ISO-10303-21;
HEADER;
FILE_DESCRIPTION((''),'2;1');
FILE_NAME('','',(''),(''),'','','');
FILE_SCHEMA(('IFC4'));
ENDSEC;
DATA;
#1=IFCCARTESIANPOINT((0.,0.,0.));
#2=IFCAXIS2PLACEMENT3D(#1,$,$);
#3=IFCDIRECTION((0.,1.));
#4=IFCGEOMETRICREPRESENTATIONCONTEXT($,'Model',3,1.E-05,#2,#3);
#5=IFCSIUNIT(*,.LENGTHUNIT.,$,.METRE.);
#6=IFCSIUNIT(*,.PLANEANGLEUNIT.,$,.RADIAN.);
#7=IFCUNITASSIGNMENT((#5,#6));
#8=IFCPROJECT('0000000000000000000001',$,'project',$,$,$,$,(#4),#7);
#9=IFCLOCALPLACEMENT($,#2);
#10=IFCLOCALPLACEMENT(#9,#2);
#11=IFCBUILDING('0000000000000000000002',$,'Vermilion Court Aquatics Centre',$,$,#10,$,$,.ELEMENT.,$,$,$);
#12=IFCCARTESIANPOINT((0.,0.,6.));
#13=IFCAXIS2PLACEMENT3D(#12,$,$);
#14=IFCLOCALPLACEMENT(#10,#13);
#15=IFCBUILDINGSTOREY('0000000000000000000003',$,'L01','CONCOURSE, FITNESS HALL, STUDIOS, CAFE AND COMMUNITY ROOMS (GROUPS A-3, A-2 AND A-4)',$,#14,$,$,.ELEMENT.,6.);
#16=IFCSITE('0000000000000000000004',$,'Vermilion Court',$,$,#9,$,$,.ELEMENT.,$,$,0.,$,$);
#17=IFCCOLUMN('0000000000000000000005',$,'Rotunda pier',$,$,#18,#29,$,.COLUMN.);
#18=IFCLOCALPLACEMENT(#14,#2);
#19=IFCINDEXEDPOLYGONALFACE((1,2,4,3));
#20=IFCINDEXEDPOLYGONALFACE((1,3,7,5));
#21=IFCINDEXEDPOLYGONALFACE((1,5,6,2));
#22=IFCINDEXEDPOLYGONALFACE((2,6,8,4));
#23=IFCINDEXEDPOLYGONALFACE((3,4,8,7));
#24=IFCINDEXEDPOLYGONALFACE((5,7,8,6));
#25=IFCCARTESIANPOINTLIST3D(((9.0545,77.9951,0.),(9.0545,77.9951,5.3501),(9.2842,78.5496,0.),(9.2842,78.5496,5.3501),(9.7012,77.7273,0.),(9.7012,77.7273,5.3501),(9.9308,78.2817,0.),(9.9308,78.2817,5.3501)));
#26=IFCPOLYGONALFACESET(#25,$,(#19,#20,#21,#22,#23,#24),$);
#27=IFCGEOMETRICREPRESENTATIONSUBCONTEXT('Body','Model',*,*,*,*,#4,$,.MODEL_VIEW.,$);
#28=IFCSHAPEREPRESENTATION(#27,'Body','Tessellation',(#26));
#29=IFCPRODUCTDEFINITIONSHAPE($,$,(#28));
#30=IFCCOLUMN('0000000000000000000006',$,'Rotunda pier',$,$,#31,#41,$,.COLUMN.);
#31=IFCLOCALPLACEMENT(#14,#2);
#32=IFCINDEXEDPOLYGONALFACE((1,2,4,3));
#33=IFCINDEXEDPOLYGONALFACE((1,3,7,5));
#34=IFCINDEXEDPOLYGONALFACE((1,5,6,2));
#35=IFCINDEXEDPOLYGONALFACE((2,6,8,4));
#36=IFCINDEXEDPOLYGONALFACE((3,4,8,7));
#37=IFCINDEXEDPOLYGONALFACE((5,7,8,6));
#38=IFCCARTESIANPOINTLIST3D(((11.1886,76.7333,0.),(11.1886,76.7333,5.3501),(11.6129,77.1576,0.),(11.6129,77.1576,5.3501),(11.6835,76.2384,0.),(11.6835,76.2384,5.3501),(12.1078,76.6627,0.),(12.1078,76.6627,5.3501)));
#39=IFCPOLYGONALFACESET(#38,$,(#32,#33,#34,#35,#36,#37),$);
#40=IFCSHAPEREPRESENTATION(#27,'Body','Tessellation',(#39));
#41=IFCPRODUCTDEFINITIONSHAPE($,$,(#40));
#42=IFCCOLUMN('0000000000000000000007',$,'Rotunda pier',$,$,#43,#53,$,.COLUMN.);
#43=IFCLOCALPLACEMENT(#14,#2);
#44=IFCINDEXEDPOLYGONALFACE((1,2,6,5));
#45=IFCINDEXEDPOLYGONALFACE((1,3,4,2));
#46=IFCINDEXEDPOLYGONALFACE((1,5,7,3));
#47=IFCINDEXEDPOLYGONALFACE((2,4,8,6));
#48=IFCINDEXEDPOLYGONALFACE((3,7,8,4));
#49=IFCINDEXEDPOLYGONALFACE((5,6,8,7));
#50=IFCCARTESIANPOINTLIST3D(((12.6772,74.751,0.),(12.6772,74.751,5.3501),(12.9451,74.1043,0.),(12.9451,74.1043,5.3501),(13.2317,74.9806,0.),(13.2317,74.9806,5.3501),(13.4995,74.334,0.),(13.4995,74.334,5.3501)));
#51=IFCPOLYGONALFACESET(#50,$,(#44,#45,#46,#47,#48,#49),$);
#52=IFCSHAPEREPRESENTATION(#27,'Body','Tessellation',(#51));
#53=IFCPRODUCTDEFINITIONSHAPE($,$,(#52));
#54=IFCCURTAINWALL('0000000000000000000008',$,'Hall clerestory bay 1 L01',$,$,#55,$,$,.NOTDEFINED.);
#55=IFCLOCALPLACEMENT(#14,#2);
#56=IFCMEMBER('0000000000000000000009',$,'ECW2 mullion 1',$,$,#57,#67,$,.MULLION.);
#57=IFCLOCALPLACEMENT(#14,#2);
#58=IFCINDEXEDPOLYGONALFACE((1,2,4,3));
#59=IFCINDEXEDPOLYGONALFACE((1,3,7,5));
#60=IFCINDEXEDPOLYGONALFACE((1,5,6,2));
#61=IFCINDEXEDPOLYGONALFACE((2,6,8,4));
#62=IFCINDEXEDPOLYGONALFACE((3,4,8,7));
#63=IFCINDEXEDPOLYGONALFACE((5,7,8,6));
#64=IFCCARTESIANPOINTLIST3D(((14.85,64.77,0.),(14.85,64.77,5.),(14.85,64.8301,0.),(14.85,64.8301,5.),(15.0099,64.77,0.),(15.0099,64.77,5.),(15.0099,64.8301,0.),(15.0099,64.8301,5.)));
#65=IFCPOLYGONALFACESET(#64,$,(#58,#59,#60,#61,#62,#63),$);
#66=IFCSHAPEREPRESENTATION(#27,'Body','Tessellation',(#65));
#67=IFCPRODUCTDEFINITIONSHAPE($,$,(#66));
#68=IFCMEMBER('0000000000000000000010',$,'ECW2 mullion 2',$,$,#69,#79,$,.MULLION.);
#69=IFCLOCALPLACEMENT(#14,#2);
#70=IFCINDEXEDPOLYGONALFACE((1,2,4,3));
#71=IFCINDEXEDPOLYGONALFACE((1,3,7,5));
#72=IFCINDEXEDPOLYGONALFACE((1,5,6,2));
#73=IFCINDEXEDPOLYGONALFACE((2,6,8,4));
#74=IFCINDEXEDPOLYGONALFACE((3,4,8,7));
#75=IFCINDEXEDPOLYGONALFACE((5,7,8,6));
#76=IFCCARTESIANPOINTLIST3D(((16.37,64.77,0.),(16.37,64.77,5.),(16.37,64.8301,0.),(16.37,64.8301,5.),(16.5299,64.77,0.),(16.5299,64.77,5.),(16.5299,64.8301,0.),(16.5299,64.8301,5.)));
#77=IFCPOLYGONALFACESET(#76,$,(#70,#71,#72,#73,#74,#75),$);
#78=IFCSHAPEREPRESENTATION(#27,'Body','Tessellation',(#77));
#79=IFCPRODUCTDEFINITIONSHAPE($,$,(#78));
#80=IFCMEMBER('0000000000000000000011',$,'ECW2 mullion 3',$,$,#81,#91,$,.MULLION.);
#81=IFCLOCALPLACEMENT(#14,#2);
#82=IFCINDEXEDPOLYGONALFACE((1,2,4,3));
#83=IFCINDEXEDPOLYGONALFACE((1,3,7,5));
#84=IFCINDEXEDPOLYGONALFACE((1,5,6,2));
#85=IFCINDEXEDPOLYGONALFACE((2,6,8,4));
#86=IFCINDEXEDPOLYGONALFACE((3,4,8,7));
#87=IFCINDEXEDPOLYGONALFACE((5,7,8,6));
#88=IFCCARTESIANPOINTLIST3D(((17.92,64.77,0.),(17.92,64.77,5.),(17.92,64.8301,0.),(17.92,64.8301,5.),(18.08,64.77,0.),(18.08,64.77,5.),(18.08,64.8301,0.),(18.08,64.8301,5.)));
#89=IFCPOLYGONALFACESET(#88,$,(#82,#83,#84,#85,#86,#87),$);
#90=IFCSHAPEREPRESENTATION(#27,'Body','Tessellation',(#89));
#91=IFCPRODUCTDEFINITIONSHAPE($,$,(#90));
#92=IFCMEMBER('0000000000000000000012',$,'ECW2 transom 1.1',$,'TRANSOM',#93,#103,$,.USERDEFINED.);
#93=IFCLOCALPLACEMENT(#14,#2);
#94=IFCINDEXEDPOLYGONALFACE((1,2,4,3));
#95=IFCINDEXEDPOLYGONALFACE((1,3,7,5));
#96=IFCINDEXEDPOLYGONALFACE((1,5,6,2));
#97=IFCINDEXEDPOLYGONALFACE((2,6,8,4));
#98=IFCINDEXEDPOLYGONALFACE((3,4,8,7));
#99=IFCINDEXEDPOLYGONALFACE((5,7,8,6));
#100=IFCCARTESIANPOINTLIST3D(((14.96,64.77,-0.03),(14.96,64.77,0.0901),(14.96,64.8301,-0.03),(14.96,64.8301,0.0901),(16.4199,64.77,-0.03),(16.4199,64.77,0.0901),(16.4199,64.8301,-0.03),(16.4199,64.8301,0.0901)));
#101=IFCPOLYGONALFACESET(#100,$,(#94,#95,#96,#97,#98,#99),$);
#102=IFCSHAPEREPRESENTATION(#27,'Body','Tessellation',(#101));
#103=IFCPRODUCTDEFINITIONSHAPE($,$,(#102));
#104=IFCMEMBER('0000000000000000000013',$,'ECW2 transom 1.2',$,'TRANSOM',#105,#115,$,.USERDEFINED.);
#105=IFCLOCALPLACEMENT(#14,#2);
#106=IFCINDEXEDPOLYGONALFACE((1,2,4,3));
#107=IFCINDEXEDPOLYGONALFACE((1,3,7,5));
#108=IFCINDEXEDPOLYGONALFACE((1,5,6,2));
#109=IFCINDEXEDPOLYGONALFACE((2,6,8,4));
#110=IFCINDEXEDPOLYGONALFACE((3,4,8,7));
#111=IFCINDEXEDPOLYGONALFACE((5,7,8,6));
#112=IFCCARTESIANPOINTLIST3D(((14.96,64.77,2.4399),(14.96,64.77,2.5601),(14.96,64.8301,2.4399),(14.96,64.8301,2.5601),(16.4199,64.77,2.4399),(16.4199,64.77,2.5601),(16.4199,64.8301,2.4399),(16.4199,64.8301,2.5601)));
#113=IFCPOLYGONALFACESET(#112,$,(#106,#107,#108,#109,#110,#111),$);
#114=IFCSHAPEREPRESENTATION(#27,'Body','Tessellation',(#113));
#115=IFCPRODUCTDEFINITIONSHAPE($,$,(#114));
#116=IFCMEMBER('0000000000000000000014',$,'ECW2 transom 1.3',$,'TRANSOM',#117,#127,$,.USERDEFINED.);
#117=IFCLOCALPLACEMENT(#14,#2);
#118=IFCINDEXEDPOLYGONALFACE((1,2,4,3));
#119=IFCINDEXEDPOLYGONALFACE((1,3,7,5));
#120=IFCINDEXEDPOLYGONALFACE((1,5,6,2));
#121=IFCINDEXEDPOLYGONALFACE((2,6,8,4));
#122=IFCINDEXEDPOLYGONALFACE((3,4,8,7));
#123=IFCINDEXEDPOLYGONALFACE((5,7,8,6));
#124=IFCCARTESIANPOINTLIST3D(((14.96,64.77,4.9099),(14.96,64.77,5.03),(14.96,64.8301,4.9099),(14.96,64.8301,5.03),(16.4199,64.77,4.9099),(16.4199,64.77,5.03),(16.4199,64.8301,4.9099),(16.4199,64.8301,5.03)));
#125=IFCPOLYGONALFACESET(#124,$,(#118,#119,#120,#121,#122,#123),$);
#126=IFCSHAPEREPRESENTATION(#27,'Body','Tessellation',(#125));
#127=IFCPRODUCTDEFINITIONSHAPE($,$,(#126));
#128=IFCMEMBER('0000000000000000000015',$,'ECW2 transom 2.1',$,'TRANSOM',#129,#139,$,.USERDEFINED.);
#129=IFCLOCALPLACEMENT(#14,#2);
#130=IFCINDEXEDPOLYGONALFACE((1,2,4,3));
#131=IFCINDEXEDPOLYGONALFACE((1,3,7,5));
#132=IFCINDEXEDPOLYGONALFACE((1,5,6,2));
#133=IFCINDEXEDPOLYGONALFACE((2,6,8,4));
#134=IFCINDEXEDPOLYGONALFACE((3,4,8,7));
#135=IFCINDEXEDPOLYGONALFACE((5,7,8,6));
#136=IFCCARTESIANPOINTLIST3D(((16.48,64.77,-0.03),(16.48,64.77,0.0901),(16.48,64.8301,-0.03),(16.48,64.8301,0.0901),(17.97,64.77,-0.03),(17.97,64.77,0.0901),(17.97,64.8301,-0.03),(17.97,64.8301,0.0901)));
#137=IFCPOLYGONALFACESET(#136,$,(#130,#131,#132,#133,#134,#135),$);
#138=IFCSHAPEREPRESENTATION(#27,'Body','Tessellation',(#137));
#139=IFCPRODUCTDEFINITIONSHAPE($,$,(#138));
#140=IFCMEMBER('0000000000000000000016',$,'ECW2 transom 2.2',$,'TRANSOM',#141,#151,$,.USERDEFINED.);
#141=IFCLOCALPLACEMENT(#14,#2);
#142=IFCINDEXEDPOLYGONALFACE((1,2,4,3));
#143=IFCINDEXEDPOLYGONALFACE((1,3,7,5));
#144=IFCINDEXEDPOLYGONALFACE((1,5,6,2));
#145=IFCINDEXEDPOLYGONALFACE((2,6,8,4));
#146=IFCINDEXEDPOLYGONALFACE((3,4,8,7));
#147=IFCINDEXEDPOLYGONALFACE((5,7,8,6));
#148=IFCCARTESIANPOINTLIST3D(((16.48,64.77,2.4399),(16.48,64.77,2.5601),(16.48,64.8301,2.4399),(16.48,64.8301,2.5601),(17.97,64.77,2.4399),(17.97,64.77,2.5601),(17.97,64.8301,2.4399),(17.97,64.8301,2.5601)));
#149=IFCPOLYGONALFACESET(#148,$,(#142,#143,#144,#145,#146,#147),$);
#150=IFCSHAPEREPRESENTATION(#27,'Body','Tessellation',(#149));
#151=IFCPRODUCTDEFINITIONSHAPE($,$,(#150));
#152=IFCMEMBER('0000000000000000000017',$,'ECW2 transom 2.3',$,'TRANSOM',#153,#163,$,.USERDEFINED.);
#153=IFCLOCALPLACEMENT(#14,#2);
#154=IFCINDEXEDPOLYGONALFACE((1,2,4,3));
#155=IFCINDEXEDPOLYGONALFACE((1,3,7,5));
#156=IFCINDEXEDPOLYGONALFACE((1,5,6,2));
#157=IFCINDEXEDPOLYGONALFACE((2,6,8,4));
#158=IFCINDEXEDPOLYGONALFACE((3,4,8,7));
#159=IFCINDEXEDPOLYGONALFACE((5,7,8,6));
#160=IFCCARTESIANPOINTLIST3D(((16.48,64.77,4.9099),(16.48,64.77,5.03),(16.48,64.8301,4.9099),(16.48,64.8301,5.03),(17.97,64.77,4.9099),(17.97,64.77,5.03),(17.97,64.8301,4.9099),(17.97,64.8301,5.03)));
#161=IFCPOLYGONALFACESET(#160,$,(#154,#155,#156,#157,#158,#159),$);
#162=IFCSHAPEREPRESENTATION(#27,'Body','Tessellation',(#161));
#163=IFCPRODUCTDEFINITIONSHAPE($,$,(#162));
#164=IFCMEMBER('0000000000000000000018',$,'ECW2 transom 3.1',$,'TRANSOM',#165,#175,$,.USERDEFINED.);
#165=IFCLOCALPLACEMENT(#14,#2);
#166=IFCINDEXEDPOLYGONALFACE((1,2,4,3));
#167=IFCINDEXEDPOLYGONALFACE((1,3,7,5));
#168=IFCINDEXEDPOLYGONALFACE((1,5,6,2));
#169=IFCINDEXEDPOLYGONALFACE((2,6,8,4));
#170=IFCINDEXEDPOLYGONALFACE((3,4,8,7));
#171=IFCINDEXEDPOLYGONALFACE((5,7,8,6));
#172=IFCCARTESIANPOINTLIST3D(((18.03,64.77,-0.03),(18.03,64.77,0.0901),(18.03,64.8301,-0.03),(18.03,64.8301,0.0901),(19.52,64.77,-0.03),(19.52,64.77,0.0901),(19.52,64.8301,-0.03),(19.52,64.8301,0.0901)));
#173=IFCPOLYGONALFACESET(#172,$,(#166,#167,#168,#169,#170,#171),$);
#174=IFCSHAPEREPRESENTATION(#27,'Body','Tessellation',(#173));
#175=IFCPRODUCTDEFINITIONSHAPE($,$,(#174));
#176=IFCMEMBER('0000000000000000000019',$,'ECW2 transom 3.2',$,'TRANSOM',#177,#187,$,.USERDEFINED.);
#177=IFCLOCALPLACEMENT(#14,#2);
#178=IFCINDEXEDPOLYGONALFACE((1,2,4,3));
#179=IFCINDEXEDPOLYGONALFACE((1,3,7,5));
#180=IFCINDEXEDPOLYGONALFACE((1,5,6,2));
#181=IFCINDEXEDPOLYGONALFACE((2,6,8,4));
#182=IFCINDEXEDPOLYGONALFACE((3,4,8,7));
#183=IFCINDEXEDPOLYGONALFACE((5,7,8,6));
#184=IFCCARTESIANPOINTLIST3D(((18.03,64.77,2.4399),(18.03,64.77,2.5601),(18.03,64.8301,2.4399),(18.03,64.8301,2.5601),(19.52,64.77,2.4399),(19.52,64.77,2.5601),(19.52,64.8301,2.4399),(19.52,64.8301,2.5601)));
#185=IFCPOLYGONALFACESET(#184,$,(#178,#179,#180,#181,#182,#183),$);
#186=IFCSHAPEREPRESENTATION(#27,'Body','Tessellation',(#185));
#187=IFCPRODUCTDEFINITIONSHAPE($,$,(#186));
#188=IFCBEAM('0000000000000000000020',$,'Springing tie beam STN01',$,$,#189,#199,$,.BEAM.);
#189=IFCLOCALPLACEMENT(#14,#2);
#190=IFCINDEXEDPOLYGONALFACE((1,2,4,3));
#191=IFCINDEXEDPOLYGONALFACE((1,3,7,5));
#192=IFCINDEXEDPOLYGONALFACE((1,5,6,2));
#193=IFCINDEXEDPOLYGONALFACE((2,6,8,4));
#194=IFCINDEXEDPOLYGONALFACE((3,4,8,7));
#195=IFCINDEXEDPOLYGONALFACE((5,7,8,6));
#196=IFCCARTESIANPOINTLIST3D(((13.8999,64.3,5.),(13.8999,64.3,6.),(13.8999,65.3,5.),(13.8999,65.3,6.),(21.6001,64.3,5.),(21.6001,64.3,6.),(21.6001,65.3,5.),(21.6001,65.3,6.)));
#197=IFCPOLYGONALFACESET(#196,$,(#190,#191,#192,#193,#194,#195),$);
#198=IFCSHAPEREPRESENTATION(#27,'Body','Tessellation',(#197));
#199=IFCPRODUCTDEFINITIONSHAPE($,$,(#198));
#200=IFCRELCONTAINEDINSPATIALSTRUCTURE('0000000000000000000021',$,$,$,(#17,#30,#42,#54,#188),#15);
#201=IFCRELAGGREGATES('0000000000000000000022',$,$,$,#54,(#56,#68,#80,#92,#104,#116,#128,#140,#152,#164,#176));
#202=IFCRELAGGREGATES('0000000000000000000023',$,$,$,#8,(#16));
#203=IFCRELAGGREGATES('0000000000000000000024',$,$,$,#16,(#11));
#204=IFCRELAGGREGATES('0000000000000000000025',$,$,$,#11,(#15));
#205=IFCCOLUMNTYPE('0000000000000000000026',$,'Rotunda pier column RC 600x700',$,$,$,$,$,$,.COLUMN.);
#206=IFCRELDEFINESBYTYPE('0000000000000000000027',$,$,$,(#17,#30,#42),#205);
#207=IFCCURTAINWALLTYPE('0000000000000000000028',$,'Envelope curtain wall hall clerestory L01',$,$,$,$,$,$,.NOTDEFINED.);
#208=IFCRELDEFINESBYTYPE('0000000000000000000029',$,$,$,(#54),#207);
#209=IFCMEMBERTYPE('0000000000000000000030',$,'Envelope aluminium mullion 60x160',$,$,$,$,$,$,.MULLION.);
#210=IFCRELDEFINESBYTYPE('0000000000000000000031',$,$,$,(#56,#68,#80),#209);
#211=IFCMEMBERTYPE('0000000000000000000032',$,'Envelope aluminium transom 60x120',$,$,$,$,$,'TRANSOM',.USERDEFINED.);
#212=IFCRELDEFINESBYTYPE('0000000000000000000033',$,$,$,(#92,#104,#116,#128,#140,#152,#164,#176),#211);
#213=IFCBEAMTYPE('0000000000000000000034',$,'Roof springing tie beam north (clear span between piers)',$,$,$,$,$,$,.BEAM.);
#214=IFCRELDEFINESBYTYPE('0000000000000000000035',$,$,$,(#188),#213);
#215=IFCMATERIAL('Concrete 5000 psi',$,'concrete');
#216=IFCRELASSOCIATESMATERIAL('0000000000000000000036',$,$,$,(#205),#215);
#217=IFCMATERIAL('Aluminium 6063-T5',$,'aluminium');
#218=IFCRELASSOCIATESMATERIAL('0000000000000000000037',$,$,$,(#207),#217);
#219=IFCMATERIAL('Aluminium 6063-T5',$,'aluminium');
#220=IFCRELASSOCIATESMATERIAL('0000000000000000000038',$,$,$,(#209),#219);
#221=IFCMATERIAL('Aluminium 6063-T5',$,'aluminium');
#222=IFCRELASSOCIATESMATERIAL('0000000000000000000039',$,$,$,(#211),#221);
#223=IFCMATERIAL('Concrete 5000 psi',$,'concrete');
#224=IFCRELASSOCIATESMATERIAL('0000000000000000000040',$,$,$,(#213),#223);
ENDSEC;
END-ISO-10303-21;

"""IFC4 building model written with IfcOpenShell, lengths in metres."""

from ifc_helpers import new_model, si_unit, direction, frame, origin, origin_2d, place, context, subcontext, project, spatial, rectangle, extrude, material, material_profile, profile_set, type_object, element, aggregate, save


model = new_model("IFC4")

# Units and contexts
model_context = context("Model", 3, precision=1e-05, world=origin(), true_north=direction((0.0, 1.0)))
body_context = subcontext(model_context, "Body", "Model", "MODEL_VIEW")
ifc_project = project(units=[si_unit("LENGTHUNIT", "METRE"), si_unit("PLANEANGLEUNIT", "RADIAN")], contexts=[model_context])

# Site, building, storey
site_placement = place(None, origin())
site = spatial("IfcSite", under=ifc_project, at=site_placement, Name="Vermilion Court", CompositionType="ELEMENT", RefElevation=0.0)
building_placement = place(site_placement, origin())
building = spatial("IfcBuilding", under=site, at=building_placement, Name="Vermilion Court Aquatics Centre", CompositionType="ELEMENT")
storey_placement = place(building_placement, frame((0.0, 0.0, 6.0)))
storey = spatial("IfcBuildingStorey", under=building, at=storey_placement, Name="L01", Description="CONCOURSE, FITNESS HALL, STUDIOS, CAFE AND COMMUNITY ROOMS (GROUPS A-3, A-2 AND A-4)", CompositionType="ELEMENT", Elevation=6.0)

# Columns
ifc_material_1 = material(Name="Concrete 5000 psi", Category="concrete")
ifc_material_profile_1 = material_profile(ifc_material_1, rectangle(XDim=0.6001, YDim=0.7, at=origin_2d()), Name="RC 600x700")
ifc_profile_set_1 = profile_set([ifc_material_profile_1], Name="Concrete 5000 psi")
column_type = type_object("IfcColumnType", Name="Rotunda pier column RC 600x700", PredefinedType="COLUMN", material=ifc_profile_set_1)
for number, where, z_axis, x_axis, name in (
    (1, (9.4927, 78.1384, 0.0), (0.0, 0.0, 1.0), (0.382683, 0.92388, 0.0), "Rotunda pier"),
    (2, (11.6482, 76.698, 0.0), (0.0, 0.0, 1.0), (0.707107, 0.707107, 0.0), "Rotunda pier"),
    (3, (13.0884, 74.5425, 0.0), (0.0, 0.0, 1.0), (0.92388, 0.382683, 0.0), "Rotunda pier"),
):
    element("IfcColumn", number, at=place(storey_placement, frame(where, z_axis=z_axis, x_axis=x_axis)), inside=storey, type_object=column_type, Name=name, PredefinedType="COLUMN", context=body_context, shape_type="SweptSolid", body=[
        extrude(rectangle(XDim=0.6001, YDim=0.7, at=origin_2d()), origin(), (0.0, 0.0, 1.0), 5.3501),
    ])

# Curtain wall, members
ifc_material_2 = material(Name="Aluminium 6063-T5", Category="aluminium")
curtain_wall_type = type_object("IfcCurtainWallType", Name="Envelope curtain wall hall clerestory L01", PredefinedType="NOTDEFINED", material=ifc_material_2)
curtain_wall_placement = place(storey_placement, origin())
curtain_wall = element("IfcCurtainWall", 4, at=curtain_wall_placement, inside=storey, type_object=curtain_wall_type, Name="Hall clerestory bay 1 L01", PredefinedType="NOTDEFINED")
ifc_material_3 = material(Name="Aluminium 6063-T5", Category="aluminium")
ifc_material_profile_2 = material_profile(ifc_material_3, rectangle(XDim=0.0601, YDim=0.1599, at=origin_2d()), Name="AL 60x160")
ifc_profile_set_2 = profile_set([ifc_material_profile_2], Name="Aluminium 6063-T5")
member_type_1 = type_object("IfcMemberType", Name="Envelope aluminium mullion 60x160", PredefinedType="MULLION", material=ifc_profile_set_2)
member_1_placement = place(storey_placement, frame((14.9299, 64.8, 0.0), z_axis=(0.0, 0.0, 1.0), x_axis=(0.0, 1.0, 0.0)))
member_1 = element("IfcMember", 5, at=member_1_placement, type_object=member_type_1, Name="ECW2 mullion 1", PredefinedType="MULLION", context=body_context, shape_type="SweptSolid", body=[
    extrude(rectangle(XDim=0.0601, YDim=0.1599, at=origin_2d()), origin(), (0.0, 0.0, 1.0), 5.0),
])
member_2_placement = place(storey_placement, frame((16.45, 64.8, 0.0), z_axis=(0.0, 0.0, 1.0), x_axis=(0.0, 1.0, 0.0)))
member_2 = element("IfcMember", 6, at=member_2_placement, type_object=member_type_1, Name="ECW2 mullion 2", PredefinedType="MULLION", context=body_context, shape_type="SweptSolid", body=[
    extrude(rectangle(XDim=0.0601, YDim=0.1599, at=origin_2d()), origin(), (0.0, 0.0, 1.0), 5.0),
])
member_3_placement = place(storey_placement, frame((18.0, 64.8, 0.0), z_axis=(0.0, 0.0, 1.0), x_axis=(0.0, 1.0, 0.0)))
member_3 = element("IfcMember", 7, at=member_3_placement, type_object=member_type_1, Name="ECW2 mullion 3", PredefinedType="MULLION", context=body_context, shape_type="SweptSolid", body=[
    extrude(rectangle(XDim=0.0601, YDim=0.1599, at=origin_2d()), origin(), (0.0, 0.0, 1.0), 5.0),
])
ifc_material_4 = material(Name="Aluminium 6063-T5", Category="aluminium")
ifc_material_profile_3 = material_profile(ifc_material_4, rectangle(XDim=0.0601, YDim=0.1201, at=origin_2d()), Name="AL 60x120")
ifc_profile_set_3 = profile_set([ifc_material_profile_3], Name="Aluminium 6063-T5")
member_type_2 = type_object("IfcMemberType", Name="Envelope aluminium transom 60x120", ElementType="TRANSOM", PredefinedType="USERDEFINED", material=ifc_profile_set_3)
member_4_placement = place(storey_placement, frame((14.96, 64.8, 0.03), z_axis=(1.0, 0.0, 0.0), x_axis=(0.0, 1.0, 0.0)))
member_4 = element("IfcMember", 8, at=member_4_placement, type_object=member_type_2, Name="ECW2 transom 1.1", ObjectType="TRANSOM", PredefinedType="USERDEFINED", context=body_context, shape_type="SweptSolid", body=[
    extrude(rectangle(XDim=0.0601, YDim=0.1201, at=origin_2d()), origin(), (0.0, 0.0, 1.0), 1.46),
])
member_5_placement = place(storey_placement, frame((14.96, 64.8, 2.5), z_axis=(1.0, 0.0, 0.0), x_axis=(0.0, 1.0, 0.0)))
member_5 = element("IfcMember", 9, at=member_5_placement, type_object=member_type_2, Name="ECW2 transom 1.2", ObjectType="TRANSOM", PredefinedType="USERDEFINED", context=body_context, shape_type="SweptSolid", body=[
    extrude(rectangle(XDim=0.0601, YDim=0.1201, at=origin_2d()), origin(), (0.0, 0.0, 1.0), 1.46),
])
member_6_placement = place(storey_placement, frame((14.96, 64.8, 4.97), z_axis=(1.0, 0.0, 0.0), x_axis=(0.0, 1.0, 0.0)))
member_6 = element("IfcMember", 10, at=member_6_placement, type_object=member_type_2, Name="ECW2 transom 1.3", ObjectType="TRANSOM", PredefinedType="USERDEFINED", context=body_context, shape_type="SweptSolid", body=[
    extrude(rectangle(XDim=0.0601, YDim=0.1201, at=origin_2d()), origin(), (0.0, 0.0, 1.0), 1.46),
])
member_7_placement = place(storey_placement, frame((16.48, 64.8, 0.03), z_axis=(1.0, 0.0, 0.0), x_axis=(0.0, 1.0, 0.0)))
member_7 = element("IfcMember", 11, at=member_7_placement, type_object=member_type_2, Name="ECW2 transom 2.1", ObjectType="TRANSOM", PredefinedType="USERDEFINED", context=body_context, shape_type="SweptSolid", body=[
    extrude(rectangle(XDim=0.0601, YDim=0.1201, at=origin_2d()), origin(), (0.0, 0.0, 1.0), 1.49),
])
member_8_placement = place(storey_placement, frame((16.48, 64.8, 2.5), z_axis=(1.0, 0.0, 0.0), x_axis=(0.0, 1.0, 0.0)))
member_8 = element("IfcMember", 12, at=member_8_placement, type_object=member_type_2, Name="ECW2 transom 2.2", ObjectType="TRANSOM", PredefinedType="USERDEFINED", context=body_context, shape_type="SweptSolid", body=[
    extrude(rectangle(XDim=0.0601, YDim=0.1201, at=origin_2d()), origin(), (0.0, 0.0, 1.0), 1.49),
])
member_9_placement = place(storey_placement, frame((16.48, 64.8, 4.97), z_axis=(1.0, 0.0, 0.0), x_axis=(0.0, 1.0, 0.0)))
member_9 = element("IfcMember", 13, at=member_9_placement, type_object=member_type_2, Name="ECW2 transom 2.3", ObjectType="TRANSOM", PredefinedType="USERDEFINED", context=body_context, shape_type="SweptSolid", body=[
    extrude(rectangle(XDim=0.0601, YDim=0.1201, at=origin_2d()), origin(), (0.0, 0.0, 1.0), 1.49),
])
member_10_placement = place(storey_placement, frame((18.03, 64.8, 0.03), z_axis=(1.0, 0.0, 0.0), x_axis=(0.0, 1.0, 0.0)))
member_10 = element("IfcMember", 14, at=member_10_placement, type_object=member_type_2, Name="ECW2 transom 3.1", ObjectType="TRANSOM", PredefinedType="USERDEFINED", context=body_context, shape_type="SweptSolid", body=[
    extrude(rectangle(XDim=0.0601, YDim=0.1201, at=origin_2d()), origin(), (0.0, 0.0, 1.0), 1.49),
])
member_11_placement = place(storey_placement, frame((18.03, 64.8, 2.5), z_axis=(1.0, 0.0, 0.0), x_axis=(0.0, 1.0, 0.0)))
member_11 = element("IfcMember", 15, at=member_11_placement, type_object=member_type_2, Name="ECW2 transom 3.2", ObjectType="TRANSOM", PredefinedType="USERDEFINED", context=body_context, shape_type="SweptSolid", body=[
    extrude(rectangle(XDim=0.0601, YDim=0.1201, at=origin_2d()), origin(), (0.0, 0.0, 1.0), 1.49),
])

# Beam
ifc_material_5 = material(Name="Concrete 5000 psi", Category="concrete")
ifc_material_profile_4 = material_profile(ifc_material_5, rectangle(XDim=1.0, YDim=1.0, at=origin_2d()), Name="RC 1000x1000")
ifc_profile_set_4 = profile_set([ifc_material_profile_4], Name="Concrete 5000 psi")
beam_type_1 = type_object("IfcBeamType", Name="Roof springing tie beam north (clear span between piers)", PredefinedType="BEAM", material=ifc_profile_set_4)
beam_1_placement = place(storey_placement, frame((13.8999, 64.8, 5.5), z_axis=(1.0, 0.0, 0.0), x_axis=(0.0, 1.0, 0.0)))
element("IfcBeam", 16, at=beam_1_placement, inside=storey, type_object=beam_type_1, Name="Springing tie beam STN01", PredefinedType="BEAM", context=body_context, shape_type="SweptSolid", body=[
    extrude(rectangle(XDim=1.0, YDim=1.0, at=origin_2d()), origin(), (0.0, 0.0, 1.0), 7.7002),
])

aggregate(curtain_wall, [member_1, member_2, member_3, member_4, member_5, member_6, member_7, member_8, member_9, member_10, member_11])

save(model, "model.ifc")
